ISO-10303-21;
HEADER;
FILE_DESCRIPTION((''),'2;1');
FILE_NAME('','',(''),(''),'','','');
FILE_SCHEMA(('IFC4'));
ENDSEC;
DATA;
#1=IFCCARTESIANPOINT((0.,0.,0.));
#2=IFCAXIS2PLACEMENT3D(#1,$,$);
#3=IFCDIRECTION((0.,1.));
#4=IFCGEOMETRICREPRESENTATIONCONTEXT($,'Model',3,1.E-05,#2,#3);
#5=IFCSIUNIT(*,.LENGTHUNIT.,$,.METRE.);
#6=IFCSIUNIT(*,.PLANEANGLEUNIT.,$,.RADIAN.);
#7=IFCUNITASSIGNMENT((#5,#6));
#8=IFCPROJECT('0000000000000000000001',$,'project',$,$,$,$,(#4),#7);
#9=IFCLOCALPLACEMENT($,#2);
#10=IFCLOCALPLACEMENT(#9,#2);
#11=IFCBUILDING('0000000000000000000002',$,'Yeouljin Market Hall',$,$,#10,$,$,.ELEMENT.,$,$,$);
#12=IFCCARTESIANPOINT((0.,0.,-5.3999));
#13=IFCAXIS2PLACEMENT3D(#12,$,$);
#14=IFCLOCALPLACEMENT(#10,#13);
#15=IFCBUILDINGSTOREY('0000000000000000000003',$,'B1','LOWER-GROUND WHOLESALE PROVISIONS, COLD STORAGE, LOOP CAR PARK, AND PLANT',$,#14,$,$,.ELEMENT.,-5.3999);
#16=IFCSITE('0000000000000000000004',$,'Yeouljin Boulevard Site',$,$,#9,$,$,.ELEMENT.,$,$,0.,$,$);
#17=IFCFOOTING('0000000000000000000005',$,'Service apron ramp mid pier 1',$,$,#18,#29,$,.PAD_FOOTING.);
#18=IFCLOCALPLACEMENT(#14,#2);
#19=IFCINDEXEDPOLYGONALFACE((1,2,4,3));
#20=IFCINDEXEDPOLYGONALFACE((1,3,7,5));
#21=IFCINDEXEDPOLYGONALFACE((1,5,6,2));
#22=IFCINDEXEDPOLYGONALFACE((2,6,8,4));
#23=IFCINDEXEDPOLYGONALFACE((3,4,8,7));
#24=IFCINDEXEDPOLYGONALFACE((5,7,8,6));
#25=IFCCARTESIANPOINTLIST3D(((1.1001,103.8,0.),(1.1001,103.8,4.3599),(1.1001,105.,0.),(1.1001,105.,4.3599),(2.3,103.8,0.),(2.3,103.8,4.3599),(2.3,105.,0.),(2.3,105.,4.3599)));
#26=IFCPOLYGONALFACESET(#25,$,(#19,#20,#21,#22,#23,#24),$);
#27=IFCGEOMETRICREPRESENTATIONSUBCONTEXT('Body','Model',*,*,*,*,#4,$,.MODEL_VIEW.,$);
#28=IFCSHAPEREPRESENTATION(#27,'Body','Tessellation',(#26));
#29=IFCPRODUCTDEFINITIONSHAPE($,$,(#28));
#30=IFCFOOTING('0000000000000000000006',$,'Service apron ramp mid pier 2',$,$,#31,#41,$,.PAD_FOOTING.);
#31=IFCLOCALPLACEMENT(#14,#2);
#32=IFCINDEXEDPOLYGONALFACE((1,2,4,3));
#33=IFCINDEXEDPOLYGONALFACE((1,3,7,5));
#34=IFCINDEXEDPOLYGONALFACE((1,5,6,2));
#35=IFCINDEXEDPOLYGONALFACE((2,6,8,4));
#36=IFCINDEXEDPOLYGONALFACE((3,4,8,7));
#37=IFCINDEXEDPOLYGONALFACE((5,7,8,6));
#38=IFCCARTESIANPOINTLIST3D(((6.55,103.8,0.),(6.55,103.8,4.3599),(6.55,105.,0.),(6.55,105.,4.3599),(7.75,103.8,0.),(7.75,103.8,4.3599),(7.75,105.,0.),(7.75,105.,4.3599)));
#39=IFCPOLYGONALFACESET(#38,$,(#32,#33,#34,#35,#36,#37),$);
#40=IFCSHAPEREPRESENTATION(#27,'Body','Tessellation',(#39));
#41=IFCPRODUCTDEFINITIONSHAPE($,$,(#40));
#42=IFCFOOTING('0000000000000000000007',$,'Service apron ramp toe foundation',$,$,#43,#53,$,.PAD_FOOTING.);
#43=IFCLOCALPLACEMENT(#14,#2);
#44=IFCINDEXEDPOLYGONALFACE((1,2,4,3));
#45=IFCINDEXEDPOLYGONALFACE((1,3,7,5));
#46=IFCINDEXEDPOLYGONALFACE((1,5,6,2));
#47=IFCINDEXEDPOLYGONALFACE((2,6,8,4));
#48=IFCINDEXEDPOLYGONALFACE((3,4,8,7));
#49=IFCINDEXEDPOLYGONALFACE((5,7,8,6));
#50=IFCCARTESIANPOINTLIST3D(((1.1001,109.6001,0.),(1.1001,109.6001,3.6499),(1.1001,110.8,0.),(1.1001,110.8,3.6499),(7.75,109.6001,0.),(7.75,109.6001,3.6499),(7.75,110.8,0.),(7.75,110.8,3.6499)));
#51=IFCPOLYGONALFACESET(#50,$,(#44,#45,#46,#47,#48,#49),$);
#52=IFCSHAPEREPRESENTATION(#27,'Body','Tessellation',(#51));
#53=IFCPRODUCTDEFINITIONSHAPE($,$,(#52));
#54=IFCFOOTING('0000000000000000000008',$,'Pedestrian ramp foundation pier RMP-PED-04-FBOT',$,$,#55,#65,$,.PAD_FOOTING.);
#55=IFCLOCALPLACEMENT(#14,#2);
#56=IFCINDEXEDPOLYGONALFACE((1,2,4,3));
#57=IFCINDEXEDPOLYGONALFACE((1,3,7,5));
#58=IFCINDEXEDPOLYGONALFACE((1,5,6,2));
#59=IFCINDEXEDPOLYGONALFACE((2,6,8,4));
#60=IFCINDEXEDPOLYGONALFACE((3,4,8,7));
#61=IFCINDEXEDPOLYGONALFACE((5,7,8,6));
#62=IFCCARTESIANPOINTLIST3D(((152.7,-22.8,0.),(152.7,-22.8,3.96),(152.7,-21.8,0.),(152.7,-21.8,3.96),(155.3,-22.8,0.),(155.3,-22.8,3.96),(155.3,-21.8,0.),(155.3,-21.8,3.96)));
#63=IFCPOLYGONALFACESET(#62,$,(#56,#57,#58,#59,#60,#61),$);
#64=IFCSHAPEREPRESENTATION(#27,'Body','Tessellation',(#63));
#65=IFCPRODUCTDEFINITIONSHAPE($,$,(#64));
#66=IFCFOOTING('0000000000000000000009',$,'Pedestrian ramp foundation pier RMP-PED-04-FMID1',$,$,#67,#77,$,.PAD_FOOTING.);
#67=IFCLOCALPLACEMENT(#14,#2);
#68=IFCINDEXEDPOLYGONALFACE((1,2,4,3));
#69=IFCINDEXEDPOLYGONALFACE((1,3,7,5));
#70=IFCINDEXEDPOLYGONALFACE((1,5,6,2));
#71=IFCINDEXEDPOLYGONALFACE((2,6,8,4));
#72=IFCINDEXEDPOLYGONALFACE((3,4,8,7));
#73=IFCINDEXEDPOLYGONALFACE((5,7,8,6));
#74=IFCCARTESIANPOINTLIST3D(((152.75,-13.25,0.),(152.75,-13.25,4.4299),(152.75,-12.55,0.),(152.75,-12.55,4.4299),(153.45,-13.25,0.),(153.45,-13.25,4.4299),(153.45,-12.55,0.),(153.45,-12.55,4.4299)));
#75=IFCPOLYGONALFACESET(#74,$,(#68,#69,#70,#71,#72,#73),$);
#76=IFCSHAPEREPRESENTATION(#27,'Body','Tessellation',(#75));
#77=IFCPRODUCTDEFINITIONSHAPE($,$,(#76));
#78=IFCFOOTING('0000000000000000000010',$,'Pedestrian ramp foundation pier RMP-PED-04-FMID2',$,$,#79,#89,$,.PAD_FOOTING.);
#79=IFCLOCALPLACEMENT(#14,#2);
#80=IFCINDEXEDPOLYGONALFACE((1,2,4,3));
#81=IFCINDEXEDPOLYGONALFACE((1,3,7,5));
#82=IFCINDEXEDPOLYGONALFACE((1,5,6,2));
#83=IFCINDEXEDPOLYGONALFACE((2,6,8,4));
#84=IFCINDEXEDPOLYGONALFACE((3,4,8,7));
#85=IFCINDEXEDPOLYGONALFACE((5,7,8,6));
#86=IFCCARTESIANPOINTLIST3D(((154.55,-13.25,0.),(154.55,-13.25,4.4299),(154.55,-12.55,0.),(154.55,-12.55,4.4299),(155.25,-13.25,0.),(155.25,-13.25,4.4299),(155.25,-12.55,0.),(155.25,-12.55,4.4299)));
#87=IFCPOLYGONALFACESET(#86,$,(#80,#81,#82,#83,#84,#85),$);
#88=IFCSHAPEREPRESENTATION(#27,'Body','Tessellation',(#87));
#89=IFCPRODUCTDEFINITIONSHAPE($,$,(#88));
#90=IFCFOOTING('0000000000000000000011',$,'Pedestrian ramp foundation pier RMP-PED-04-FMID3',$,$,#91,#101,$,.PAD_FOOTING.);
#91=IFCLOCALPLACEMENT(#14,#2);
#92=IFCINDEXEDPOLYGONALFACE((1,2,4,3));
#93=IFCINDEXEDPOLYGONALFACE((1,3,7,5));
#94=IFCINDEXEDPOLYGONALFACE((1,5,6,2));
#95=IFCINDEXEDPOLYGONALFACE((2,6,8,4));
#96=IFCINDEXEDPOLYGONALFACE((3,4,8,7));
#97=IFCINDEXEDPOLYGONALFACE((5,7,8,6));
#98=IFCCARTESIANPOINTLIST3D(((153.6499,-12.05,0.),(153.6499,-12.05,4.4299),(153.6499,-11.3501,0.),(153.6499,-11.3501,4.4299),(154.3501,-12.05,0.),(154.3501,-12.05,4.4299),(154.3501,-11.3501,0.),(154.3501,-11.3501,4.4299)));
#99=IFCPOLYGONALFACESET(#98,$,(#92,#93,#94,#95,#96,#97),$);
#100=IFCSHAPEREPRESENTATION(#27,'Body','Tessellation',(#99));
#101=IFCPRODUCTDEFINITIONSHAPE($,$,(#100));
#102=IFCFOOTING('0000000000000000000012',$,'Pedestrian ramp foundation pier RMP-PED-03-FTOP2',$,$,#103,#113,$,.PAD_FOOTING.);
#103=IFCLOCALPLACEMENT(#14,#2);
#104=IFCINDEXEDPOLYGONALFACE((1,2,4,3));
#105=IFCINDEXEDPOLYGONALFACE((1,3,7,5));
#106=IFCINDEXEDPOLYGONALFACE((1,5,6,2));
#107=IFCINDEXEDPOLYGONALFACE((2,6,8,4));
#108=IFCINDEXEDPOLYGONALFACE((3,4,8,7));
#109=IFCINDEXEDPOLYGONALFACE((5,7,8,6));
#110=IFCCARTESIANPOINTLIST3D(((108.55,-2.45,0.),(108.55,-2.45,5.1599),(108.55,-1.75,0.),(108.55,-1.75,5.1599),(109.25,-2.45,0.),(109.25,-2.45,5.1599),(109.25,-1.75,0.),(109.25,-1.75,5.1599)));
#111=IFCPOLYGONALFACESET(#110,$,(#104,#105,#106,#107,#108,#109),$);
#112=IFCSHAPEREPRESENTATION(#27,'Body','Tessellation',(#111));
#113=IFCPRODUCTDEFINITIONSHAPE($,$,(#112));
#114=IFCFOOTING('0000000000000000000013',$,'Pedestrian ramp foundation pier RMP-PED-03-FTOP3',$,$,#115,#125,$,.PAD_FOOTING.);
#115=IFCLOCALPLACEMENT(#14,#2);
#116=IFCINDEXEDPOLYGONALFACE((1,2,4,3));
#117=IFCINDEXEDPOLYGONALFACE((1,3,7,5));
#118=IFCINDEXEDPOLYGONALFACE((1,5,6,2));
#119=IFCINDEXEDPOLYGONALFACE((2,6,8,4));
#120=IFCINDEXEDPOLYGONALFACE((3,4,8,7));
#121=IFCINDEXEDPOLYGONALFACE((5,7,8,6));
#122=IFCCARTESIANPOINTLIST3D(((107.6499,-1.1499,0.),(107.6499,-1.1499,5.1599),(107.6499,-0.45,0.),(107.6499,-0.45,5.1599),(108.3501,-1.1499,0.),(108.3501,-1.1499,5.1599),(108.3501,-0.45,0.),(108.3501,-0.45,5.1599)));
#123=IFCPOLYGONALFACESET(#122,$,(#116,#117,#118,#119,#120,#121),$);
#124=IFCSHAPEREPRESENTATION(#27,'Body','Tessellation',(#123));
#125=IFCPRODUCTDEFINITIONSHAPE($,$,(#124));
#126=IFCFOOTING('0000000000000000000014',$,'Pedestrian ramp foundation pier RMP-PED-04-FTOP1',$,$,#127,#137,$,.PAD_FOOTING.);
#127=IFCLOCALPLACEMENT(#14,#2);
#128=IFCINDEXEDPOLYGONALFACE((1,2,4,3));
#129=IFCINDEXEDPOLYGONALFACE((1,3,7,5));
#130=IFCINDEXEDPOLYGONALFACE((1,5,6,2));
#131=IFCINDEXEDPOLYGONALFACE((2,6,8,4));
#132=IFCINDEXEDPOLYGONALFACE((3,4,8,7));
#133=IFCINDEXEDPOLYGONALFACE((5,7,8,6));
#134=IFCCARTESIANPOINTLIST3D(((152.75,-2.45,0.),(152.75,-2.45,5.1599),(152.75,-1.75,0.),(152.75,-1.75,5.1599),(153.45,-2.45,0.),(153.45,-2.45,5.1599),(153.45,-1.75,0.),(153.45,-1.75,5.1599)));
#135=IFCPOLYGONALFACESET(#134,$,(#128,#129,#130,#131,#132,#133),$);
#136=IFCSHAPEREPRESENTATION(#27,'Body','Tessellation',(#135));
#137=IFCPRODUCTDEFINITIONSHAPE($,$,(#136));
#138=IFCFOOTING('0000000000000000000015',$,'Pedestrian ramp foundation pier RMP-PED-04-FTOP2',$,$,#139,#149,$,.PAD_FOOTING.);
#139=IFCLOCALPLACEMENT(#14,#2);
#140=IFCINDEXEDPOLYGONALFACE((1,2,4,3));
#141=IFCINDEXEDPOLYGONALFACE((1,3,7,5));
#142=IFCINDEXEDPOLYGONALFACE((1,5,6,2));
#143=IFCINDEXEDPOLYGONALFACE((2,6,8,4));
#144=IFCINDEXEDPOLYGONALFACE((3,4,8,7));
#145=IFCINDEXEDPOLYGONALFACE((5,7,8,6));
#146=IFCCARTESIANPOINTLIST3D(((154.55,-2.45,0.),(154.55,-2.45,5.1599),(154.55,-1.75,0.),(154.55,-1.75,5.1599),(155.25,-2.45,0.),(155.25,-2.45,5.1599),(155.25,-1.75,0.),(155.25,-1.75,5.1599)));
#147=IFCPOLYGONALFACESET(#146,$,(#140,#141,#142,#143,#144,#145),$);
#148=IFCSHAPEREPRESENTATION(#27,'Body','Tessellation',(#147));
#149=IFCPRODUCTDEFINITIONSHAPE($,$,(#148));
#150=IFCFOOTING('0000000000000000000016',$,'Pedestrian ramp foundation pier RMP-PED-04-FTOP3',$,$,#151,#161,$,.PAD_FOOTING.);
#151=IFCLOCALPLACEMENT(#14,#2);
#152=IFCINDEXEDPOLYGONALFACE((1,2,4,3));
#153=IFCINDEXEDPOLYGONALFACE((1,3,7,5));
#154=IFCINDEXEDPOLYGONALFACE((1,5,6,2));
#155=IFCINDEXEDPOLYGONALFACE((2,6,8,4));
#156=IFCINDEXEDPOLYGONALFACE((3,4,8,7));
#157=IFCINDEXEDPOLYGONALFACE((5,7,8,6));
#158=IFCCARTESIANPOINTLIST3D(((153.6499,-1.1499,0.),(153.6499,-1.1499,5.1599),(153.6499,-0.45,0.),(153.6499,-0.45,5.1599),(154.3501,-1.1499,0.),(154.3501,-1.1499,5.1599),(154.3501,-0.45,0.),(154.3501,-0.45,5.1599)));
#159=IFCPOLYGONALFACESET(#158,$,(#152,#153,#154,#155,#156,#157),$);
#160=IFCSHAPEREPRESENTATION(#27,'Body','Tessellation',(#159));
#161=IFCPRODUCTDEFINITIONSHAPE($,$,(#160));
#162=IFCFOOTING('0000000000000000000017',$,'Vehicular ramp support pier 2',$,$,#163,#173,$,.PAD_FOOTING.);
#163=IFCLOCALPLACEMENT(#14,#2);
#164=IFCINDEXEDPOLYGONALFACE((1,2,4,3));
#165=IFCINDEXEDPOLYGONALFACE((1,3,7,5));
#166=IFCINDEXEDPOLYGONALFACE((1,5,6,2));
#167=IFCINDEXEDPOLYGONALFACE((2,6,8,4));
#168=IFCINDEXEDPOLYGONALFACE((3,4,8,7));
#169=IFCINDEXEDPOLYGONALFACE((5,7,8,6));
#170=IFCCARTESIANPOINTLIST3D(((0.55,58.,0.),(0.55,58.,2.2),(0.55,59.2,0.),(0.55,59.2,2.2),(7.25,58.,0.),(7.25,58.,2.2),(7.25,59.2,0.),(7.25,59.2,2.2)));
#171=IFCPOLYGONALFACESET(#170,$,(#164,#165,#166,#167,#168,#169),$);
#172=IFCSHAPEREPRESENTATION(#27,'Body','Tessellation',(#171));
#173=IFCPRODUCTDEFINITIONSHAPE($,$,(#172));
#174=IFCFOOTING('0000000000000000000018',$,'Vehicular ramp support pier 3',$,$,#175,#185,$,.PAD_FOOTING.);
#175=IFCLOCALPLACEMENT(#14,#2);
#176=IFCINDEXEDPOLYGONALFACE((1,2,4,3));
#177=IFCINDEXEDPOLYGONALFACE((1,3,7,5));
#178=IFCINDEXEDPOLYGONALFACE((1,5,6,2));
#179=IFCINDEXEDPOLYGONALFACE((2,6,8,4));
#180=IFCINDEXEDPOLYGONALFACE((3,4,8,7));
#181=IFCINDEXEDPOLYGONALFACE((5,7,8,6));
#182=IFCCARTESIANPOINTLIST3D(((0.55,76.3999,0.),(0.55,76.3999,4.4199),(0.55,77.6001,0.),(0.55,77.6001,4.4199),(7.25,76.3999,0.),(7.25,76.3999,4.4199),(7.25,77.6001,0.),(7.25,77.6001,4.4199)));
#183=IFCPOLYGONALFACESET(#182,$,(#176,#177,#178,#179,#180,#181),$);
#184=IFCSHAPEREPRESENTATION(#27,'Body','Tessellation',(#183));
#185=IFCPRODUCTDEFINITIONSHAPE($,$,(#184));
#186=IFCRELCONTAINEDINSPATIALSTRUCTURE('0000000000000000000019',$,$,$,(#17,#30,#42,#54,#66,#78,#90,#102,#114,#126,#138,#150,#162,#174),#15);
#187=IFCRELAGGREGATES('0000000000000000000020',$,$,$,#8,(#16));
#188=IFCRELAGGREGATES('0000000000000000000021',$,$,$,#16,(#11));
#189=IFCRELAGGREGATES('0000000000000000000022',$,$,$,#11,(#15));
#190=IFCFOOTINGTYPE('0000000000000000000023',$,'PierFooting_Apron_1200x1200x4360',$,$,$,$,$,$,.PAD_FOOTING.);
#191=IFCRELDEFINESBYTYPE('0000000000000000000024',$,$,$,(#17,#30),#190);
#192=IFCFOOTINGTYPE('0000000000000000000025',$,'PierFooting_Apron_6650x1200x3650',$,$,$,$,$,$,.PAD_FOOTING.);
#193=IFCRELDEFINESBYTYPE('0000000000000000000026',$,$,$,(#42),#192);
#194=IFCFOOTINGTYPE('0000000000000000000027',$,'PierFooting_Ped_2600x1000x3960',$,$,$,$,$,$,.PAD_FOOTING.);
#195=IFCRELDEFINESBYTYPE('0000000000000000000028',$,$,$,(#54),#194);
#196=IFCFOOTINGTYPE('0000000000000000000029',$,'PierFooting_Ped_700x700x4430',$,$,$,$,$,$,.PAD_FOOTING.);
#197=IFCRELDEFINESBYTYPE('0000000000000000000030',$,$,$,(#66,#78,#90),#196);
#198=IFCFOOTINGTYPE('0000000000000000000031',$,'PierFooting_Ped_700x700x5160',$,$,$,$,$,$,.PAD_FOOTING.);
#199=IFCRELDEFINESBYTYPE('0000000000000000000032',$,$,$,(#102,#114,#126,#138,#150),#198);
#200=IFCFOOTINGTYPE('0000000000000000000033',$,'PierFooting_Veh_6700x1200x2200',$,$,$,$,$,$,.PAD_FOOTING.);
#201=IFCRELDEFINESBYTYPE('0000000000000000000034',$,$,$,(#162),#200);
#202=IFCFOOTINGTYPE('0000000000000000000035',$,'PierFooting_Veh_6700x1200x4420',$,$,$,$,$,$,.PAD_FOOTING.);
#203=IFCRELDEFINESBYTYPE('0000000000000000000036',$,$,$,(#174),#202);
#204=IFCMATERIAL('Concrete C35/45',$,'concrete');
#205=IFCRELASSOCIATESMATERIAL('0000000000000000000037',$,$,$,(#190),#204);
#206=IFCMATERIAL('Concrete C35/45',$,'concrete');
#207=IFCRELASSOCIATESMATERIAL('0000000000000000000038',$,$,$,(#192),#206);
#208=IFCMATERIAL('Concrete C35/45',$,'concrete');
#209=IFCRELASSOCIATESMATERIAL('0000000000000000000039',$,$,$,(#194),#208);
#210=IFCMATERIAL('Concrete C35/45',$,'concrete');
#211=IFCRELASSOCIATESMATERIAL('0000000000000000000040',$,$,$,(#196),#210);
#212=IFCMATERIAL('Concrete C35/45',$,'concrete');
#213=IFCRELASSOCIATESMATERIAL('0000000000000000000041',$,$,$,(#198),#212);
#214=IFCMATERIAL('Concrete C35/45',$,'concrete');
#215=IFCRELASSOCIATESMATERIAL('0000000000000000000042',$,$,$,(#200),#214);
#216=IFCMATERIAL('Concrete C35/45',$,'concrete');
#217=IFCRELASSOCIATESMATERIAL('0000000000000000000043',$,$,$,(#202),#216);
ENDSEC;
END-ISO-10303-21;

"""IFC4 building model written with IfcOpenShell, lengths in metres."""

from ifc_helpers import new_model, si_unit, direction, frame, origin, place, context, subcontext, project, spatial, polyline, outline, extrude, material, type_object, element, save


model = new_model("IFC4")

# Units and contexts
model_context = context("Model", 3, precision=1e-05, world=origin(), true_north=direction((0.0, 1.0)))
body_context = subcontext(model_context, "Body", "Model", "MODEL_VIEW")
ifc_project = project(units=[si_unit("LENGTHUNIT", "METRE"), si_unit("PLANEANGLEUNIT", "RADIAN")], contexts=[model_context])

# Site, building, storey
site_placement = place(None, origin())
site = spatial("IfcSite", under=ifc_project, at=site_placement, Name="Yeouljin Boulevard Site", CompositionType="ELEMENT", RefElevation=0.0)
building_placement = place(site_placement, origin())
building = spatial("IfcBuilding", under=site, at=building_placement, Name="Yeouljin Market Hall", CompositionType="ELEMENT")
storey_placement = place(building_placement, frame((0.0, 0.0, -5.3999)))
storey = spatial("IfcBuildingStorey", under=building, at=storey_placement, Name="B1", Description="LOWER-GROUND WHOLESALE PROVISIONS, COLD STORAGE, LOOP CAR PARK, AND PLANT", CompositionType="ELEMENT", Elevation=-5.3999)

# Footings
ifc_material_1 = material(Name="Concrete C35/45", Category="concrete")
footing_type_1 = type_object("IfcFootingType", Name="PierFooting_Apron_1200x1200x4360", PredefinedType="PAD_FOOTING", material=ifc_material_1)
footing_1_placement = place(storey_placement, origin())
element("IfcFooting", 1, at=footing_1_placement, inside=storey, type_object=footing_type_1, Name="Service apron ramp mid pier 1", PredefinedType="PAD_FOOTING", context=body_context, shape_type="SweptSolid", body=[
    extrude(outline(polyline([(1.1001, 103.8), (2.3, 103.8), (2.3, 105.0), (1.1001, 105.0), (1.1001, 103.8)])), origin(), (0.0, 0.0, 1.0), 4.3599),
])
footing_2_placement = place(storey_placement, origin())
element("IfcFooting", 2, at=footing_2_placement, inside=storey, type_object=footing_type_1, Name="Service apron ramp mid pier 2", PredefinedType="PAD_FOOTING", context=body_context, shape_type="SweptSolid", body=[
    extrude(outline(polyline([(6.55, 103.8), (7.75, 103.8), (7.75, 105.0), (6.55, 105.0), (6.55, 103.8)])), origin(), (0.0, 0.0, 1.0), 4.3599),
])
ifc_material_2 = material(Name="Concrete C35/45", Category="concrete")
footing_type_2 = type_object("IfcFootingType", Name="PierFooting_Apron_6650x1200x3650", PredefinedType="PAD_FOOTING", material=ifc_material_2)
footing_3_placement = place(storey_placement, origin())
element("IfcFooting", 3, at=footing_3_placement, inside=storey, type_object=footing_type_2, Name="Service apron ramp toe foundation", PredefinedType="PAD_FOOTING", context=body_context, shape_type="SweptSolid", body=[
    extrude(outline(polyline([(1.1001, 109.6001), (7.75, 109.6001), (7.75, 110.8), (1.1001, 110.8), (1.1001, 109.6001)])), origin(), (0.0, 0.0, 1.0), 3.6499),
])
ifc_material_3 = material(Name="Concrete C35/45", Category="concrete")
footing_type_3 = type_object("IfcFootingType", Name="PierFooting_Ped_2600x1000x3960", PredefinedType="PAD_FOOTING", material=ifc_material_3)
footing_4_placement = place(storey_placement, origin())
element("IfcFooting", 4, at=footing_4_placement, inside=storey, type_object=footing_type_3, Name="Pedestrian ramp foundation pier RMP-PED-04-FBOT", PredefinedType="PAD_FOOTING", context=body_context, shape_type="SweptSolid", body=[
    extrude(outline(polyline([(152.7, -22.8), (155.3, -22.8), (155.3, -21.8), (152.7, -21.8), (152.7, -22.8)])), origin(), (0.0, 0.0, 1.0), 3.96),
])
ifc_material_4 = material(Name="Concrete C35/45", Category="concrete")
footing_type_4 = type_object("IfcFootingType", Name="PierFooting_Ped_700x700x4430", PredefinedType="PAD_FOOTING", material=ifc_material_4)
footing_5_placement = place(storey_placement, origin())
element("IfcFooting", 5, at=footing_5_placement, inside=storey, type_object=footing_type_4, Name="Pedestrian ramp foundation pier RMP-PED-04-FMID1", PredefinedType="PAD_FOOTING", context=body_context, shape_type="SweptSolid", body=[
    extrude(outline(polyline([(152.75, -13.25), (153.45, -13.25), (153.45, -12.55), (152.75, -12.55), (152.75, -13.25)])), origin(), (0.0, 0.0, 1.0), 4.4299),
])
footing_6_placement = place(storey_placement, origin())
element("IfcFooting", 6, at=footing_6_placement, inside=storey, type_object=footing_type_4, Name="Pedestrian ramp foundation pier RMP-PED-04-FMID2", PredefinedType="PAD_FOOTING", context=body_context, shape_type="SweptSolid", body=[
    extrude(outline(polyline([(154.55, -13.25), (155.25, -13.25), (155.25, -12.55), (154.55, -12.55), (154.55, -13.25)])), origin(), (0.0, 0.0, 1.0), 4.4299),
])
footing_7_placement = place(storey_placement, origin())
element("IfcFooting", 7, at=footing_7_placement, inside=storey, type_object=footing_type_4, Name="Pedestrian ramp foundation pier RMP-PED-04-FMID3", PredefinedType="PAD_FOOTING", context=body_context, shape_type="SweptSolid", body=[
    extrude(outline(polyline([(153.6499, -12.05), (154.3501, -12.05), (154.3501, -11.3501), (153.6499, -11.3501), (153.6499, -12.05)])), origin(), (0.0, 0.0, 1.0), 4.4299),
])
ifc_material_5 = material(Name="Concrete C35/45", Category="concrete")
footing_type_5 = type_object("IfcFootingType", Name="PierFooting_Ped_700x700x5160", PredefinedType="PAD_FOOTING", material=ifc_material_5)
footing_8_placement = place(storey_placement, origin())
element("IfcFooting", 8, at=footing_8_placement, inside=storey, type_object=footing_type_5, Name="Pedestrian ramp foundation pier RMP-PED-03-FTOP2", PredefinedType="PAD_FOOTING", context=body_context, shape_type="SweptSolid", body=[
    extrude(outline(polyline([(108.55, -2.45), (109.25, -2.45), (109.25, -1.75), (108.55, -1.75), (108.55, -2.45)])), origin(), (0.0, 0.0, 1.0), 5.1599),
])
footing_9_placement = place(storey_placement, origin())
element("IfcFooting", 9, at=footing_9_placement, inside=storey, type_object=footing_type_5, Name="Pedestrian ramp foundation pier RMP-PED-03-FTOP3", PredefinedType="PAD_FOOTING", context=body_context, shape_type="SweptSolid", body=[
    extrude(outline(polyline([(107.6499, -1.1499), (108.3501, -1.1499), (108.3501, -0.45), (107.6499, -0.45), (107.6499, -1.1499)])), origin(), (0.0, 0.0, 1.0), 5.1599),
])
footing_10_placement = place(storey_placement, origin())
element("IfcFooting", 10, at=footing_10_placement, inside=storey, type_object=footing_type_5, Name="Pedestrian ramp foundation pier RMP-PED-04-FTOP1", PredefinedType="PAD_FOOTING", context=body_context, shape_type="SweptSolid", body=[
    extrude(outline(polyline([(152.75, -2.45), (153.45, -2.45), (153.45, -1.75), (152.75, -1.75), (152.75, -2.45)])), origin(), (0.0, 0.0, 1.0), 5.1599),
])
footing_11_placement = place(storey_placement, origin())
element("IfcFooting", 11, at=footing_11_placement, inside=storey, type_object=footing_type_5, Name="Pedestrian ramp foundation pier RMP-PED-04-FTOP2", PredefinedType="PAD_FOOTING", context=body_context, shape_type="SweptSolid", body=[
    extrude(outline(polyline([(154.55, -2.45), (155.25, -2.45), (155.25, -1.75), (154.55, -1.75), (154.55, -2.45)])), origin(), (0.0, 0.0, 1.0), 5.1599),
])
footing_12_placement = place(storey_placement, origin())
element("IfcFooting", 12, at=footing_12_placement, inside=storey, type_object=footing_type_5, Name="Pedestrian ramp foundation pier RMP-PED-04-FTOP3", PredefinedType="PAD_FOOTING", context=body_context, shape_type="SweptSolid", body=[
    extrude(outline(polyline([(153.6499, -1.1499), (154.3501, -1.1499), (154.3501, -0.45), (153.6499, -0.45), (153.6499, -1.1499)])), origin(), (0.0, 0.0, 1.0), 5.1599),
])
ifc_material_6 = material(Name="Concrete C35/45", Category="concrete")
footing_type_6 = type_object("IfcFootingType", Name="PierFooting_Veh_6700x1200x2200", PredefinedType="PAD_FOOTING", material=ifc_material_6)
footing_13_placement = place(storey_placement, origin())
element("IfcFooting", 13, at=footing_13_placement, inside=storey, type_object=footing_type_6, Name="Vehicular ramp support pier 2", PredefinedType="PAD_FOOTING", context=body_context, shape_type="SweptSolid", body=[
    extrude(outline(polyline([(0.55, 58.0), (7.25, 58.0), (7.25, 59.2), (0.55, 59.2), (0.55, 58.0)])), origin(), (0.0, 0.0, 1.0), 2.2),
])
ifc_material_7 = material(Name="Concrete C35/45", Category="concrete")
footing_type_7 = type_object("IfcFootingType", Name="PierFooting_Veh_6700x1200x4420", PredefinedType="PAD_FOOTING", material=ifc_material_7)
footing_14_placement = place(storey_placement, origin())
element("IfcFooting", 14, at=footing_14_placement, inside=storey, type_object=footing_type_7, Name="Vehicular ramp support pier 3", PredefinedType="PAD_FOOTING", context=body_context, shape_type="SweptSolid", body=[
    extrude(outline(polyline([(0.55, 76.3999), (7.25, 76.3999), (7.25, 77.6001), (0.55, 77.6001), (0.55, 76.3999)])), origin(), (0.0, 0.0, 1.0), 4.4199),
])

save(model, "model.ifc")
